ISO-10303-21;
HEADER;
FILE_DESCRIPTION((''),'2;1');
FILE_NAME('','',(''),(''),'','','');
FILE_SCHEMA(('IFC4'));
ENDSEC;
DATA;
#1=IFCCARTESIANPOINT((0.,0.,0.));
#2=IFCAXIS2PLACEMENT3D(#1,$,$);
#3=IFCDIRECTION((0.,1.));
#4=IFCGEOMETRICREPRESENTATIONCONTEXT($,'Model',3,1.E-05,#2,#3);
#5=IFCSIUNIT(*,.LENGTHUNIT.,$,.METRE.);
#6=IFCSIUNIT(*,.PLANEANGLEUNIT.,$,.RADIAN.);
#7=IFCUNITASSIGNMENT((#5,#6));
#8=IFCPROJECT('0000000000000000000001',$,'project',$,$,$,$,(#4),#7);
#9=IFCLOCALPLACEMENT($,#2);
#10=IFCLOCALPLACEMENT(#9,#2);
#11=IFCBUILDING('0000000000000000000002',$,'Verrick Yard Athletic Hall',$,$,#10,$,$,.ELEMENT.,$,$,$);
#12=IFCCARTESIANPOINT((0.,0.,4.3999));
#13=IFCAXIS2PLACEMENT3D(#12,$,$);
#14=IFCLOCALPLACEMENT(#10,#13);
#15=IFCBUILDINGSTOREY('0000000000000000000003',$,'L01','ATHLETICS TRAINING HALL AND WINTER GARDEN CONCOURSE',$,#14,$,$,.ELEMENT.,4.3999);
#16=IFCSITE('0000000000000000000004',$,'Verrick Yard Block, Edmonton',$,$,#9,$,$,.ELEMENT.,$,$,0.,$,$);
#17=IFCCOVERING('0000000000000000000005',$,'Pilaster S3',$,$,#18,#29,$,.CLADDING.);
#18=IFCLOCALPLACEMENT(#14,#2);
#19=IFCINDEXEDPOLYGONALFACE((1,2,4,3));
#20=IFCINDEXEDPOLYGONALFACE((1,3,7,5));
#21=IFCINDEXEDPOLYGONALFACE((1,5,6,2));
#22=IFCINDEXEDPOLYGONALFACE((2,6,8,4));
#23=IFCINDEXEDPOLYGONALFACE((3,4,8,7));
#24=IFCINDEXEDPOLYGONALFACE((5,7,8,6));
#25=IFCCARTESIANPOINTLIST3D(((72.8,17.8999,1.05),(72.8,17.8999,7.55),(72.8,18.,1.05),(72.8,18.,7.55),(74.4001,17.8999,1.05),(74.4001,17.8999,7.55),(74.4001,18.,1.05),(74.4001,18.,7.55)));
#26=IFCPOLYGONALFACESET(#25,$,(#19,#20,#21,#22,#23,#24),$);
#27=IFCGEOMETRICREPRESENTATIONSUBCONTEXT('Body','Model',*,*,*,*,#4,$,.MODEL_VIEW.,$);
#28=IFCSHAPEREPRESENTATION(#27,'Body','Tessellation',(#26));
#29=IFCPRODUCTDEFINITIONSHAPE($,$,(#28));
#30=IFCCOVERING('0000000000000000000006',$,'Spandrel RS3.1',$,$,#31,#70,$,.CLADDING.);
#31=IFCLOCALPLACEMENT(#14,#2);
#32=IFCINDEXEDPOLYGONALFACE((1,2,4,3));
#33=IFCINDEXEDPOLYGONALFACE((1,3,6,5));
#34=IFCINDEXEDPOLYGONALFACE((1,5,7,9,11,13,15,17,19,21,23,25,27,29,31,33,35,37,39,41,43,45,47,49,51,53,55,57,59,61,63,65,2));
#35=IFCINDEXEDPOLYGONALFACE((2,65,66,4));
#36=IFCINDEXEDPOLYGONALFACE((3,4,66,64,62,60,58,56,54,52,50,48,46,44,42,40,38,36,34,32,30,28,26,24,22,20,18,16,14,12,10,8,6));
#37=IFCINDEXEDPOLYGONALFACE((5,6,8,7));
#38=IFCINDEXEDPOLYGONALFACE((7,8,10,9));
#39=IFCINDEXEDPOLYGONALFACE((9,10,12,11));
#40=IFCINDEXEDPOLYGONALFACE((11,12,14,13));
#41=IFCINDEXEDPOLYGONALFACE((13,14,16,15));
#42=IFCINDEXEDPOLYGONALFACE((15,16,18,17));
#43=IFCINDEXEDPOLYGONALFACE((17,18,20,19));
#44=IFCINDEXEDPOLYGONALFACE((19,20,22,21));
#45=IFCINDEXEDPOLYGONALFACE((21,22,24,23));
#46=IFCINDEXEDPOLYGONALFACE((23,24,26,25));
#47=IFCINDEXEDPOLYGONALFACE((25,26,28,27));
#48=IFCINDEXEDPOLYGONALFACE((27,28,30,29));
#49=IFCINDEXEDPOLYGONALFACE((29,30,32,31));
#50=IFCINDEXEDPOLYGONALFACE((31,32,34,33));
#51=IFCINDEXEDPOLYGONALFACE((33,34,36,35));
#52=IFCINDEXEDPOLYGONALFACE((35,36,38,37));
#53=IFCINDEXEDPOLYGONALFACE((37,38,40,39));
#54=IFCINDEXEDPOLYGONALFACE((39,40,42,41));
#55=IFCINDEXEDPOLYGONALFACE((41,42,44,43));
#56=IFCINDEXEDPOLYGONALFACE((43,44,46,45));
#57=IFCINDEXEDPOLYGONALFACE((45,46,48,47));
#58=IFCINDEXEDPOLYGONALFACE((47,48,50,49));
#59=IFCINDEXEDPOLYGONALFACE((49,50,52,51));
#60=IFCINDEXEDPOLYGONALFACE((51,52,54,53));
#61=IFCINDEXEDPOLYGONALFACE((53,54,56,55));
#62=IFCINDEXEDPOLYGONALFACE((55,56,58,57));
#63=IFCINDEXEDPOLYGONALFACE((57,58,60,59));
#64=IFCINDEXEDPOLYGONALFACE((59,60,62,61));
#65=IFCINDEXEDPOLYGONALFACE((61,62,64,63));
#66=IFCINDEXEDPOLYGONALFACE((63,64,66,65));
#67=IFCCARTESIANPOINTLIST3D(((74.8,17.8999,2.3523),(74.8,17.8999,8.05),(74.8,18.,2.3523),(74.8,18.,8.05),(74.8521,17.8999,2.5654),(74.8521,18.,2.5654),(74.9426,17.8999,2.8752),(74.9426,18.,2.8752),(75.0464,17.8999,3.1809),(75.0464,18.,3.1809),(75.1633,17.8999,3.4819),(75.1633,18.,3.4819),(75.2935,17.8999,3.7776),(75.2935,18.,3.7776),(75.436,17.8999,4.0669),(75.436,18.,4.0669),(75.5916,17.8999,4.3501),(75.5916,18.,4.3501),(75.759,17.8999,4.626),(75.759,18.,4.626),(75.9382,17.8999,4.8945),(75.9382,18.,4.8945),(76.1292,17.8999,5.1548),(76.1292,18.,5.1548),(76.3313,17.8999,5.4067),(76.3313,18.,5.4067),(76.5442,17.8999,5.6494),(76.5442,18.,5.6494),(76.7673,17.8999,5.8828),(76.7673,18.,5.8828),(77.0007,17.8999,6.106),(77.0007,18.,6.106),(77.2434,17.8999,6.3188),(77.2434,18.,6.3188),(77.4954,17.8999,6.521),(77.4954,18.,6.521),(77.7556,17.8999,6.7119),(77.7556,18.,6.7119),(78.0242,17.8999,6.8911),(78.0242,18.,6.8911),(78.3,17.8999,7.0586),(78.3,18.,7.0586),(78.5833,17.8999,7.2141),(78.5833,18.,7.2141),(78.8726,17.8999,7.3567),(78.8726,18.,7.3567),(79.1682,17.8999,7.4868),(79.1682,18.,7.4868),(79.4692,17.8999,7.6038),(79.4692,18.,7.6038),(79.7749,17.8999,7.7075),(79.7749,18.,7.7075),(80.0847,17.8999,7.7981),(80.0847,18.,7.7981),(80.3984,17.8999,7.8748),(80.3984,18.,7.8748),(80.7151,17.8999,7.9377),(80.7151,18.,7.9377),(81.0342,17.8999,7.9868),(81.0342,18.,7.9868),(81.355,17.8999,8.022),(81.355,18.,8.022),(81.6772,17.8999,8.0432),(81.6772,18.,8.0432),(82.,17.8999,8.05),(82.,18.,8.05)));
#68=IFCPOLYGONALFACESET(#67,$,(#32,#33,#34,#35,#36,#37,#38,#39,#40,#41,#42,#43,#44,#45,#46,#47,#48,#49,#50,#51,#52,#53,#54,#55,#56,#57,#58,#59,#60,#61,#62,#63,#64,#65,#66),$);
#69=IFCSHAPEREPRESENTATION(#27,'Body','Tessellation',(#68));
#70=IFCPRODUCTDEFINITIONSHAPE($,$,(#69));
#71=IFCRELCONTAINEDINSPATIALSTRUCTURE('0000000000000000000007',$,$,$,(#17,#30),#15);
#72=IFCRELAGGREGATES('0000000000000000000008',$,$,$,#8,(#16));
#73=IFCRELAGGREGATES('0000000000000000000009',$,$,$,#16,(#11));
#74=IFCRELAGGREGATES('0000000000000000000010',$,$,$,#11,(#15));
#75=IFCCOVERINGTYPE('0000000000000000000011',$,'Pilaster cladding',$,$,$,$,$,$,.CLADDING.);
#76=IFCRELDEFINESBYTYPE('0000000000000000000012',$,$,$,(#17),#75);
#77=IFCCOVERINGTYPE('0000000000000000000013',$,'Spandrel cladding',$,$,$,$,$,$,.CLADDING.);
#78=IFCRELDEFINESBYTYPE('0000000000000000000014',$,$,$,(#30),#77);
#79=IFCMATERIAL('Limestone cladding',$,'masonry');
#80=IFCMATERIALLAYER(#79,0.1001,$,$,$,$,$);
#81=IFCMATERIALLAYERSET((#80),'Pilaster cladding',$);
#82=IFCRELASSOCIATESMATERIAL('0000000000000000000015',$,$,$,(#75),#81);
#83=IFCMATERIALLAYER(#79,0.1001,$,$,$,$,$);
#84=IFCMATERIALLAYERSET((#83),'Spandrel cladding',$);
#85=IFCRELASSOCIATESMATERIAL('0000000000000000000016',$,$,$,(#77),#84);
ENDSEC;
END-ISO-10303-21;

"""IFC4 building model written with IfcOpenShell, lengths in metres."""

from ifc_helpers import new_model, si_unit, direction, frame, origin, origin_2d, place, context, subcontext, project, spatial, polyline, rectangle, outline, extrude, material, layer, layer_set, type_object, element, save


model = new_model("IFC4")

# Units and contexts
model_context = context("Model", 3, precision=1e-05, world=origin(), true_north=direction((0.0, 1.0)))
body_context = subcontext(model_context, "Body", "Model", "MODEL_VIEW")
ifc_project = project(units=[si_unit("LENGTHUNIT", "METRE"), si_unit("PLANEANGLEUNIT", "RADIAN")], contexts=[model_context])

# Site, building, storey
site_placement = place(None, origin())
site = spatial("IfcSite", under=ifc_project, at=site_placement, Name="Verrick Yard Block, Edmonton", CompositionType="ELEMENT", RefElevation=0.0)
building_placement = place(site_placement, origin())
building = spatial("IfcBuilding", under=site, at=building_placement, Name="Verrick Yard Athletic Hall", CompositionType="ELEMENT")
storey_placement = place(building_placement, frame((0.0, 0.0, 4.3999)))
storey = spatial("IfcBuildingStorey", under=building, at=storey_placement, Name="L01", Description="ATHLETICS TRAINING HALL AND WINTER GARDEN CONCOURSE", CompositionType="ELEMENT", Elevation=4.3999)

# Coverings
ifc_material_1 = material(Name="Limestone cladding", Category="masonry")
ifc_layer_1 = layer(ifc_material_1, 0.1001)
ifc_layer_set_1 = layer_set([ifc_layer_1], Name="Pilaster cladding")
covering_type_1 = type_object("IfcCoveringType", Name="Pilaster cladding", PredefinedType="CLADDING", material=ifc_layer_set_1)
covering_1_placement = place(storey_placement, frame((73.6001, 17.95, 1.05), z_axis=(0.0, 0.0, 1.0), x_axis=(1.0, 0.0, 0.0)))
element("IfcCovering", 1, at=covering_1_placement, inside=storey, type_object=covering_type_1, Name="Pilaster S3", PredefinedType="CLADDING", context=body_context, shape_type="SweptSolid", body=[
    extrude(rectangle(XDim=1.6001, YDim=0.1001, at=origin_2d()), origin(), (0.0, 0.0, 1.0), 6.5),
])
ifc_layer_2 = layer(ifc_material_1, 0.1001)
ifc_layer_set_2 = layer_set([ifc_layer_2], Name="Spandrel cladding")
covering_type_2 = type_object("IfcCoveringType", Name="Spandrel cladding", PredefinedType="CLADDING", material=ifc_layer_set_2)
covering_2_placement = place(storey_placement, frame((74.8, 17.95, 2.3523), z_axis=(0.0, 0.0, 1.0), x_axis=(1.0, 0.0, 0.0)))
element("IfcCovering", 2, at=covering_2_placement, inside=storey, type_object=covering_type_2, Name="Spandrel RS3.1", PredefinedType="CLADDING", context=body_context, shape_type="SweptSolid", body=[
    extrude(outline(polyline([(0.0, 0.0), (0.052, 0.2131), (0.1426, 0.5229), (0.2463, 0.8286), (0.3633, 1.1296), (0.4934, 1.4253), (0.636, 1.7146), (0.7915, 1.9978), (0.959, 2.2737), (1.1382, 2.5422), (1.3291, 2.8025), (1.5312, 3.0544), (1.7441, 3.2971), (1.9673, 3.5305), (2.2007, 3.7537), (2.4434, 3.9666), (2.6953, 4.1687), (2.9556, 4.3596), (3.2241, 4.5388), (3.5, 4.7063), (3.7832, 4.8618), (4.0725, 5.0044), (4.3682, 5.1345), (4.6692, 5.2515), (4.9749, 5.3552), (5.2847, 5.4458), (5.5984, 5.5225), (5.915, 5.5854), (6.2341, 5.6345), (6.5549, 5.6697), (6.8772, 5.6909), (7.2, 5.6978), (0.0, 5.6978), (0.0, 0.0)])), frame((0.0, 0.05, 0.0), z_axis=(0.0, -1.0, 0.0), x_axis=(1.0, 0.0, 0.0)), (0.0, 0.0, 1.0), 0.1001),
])

save(model, "model.ifc")
